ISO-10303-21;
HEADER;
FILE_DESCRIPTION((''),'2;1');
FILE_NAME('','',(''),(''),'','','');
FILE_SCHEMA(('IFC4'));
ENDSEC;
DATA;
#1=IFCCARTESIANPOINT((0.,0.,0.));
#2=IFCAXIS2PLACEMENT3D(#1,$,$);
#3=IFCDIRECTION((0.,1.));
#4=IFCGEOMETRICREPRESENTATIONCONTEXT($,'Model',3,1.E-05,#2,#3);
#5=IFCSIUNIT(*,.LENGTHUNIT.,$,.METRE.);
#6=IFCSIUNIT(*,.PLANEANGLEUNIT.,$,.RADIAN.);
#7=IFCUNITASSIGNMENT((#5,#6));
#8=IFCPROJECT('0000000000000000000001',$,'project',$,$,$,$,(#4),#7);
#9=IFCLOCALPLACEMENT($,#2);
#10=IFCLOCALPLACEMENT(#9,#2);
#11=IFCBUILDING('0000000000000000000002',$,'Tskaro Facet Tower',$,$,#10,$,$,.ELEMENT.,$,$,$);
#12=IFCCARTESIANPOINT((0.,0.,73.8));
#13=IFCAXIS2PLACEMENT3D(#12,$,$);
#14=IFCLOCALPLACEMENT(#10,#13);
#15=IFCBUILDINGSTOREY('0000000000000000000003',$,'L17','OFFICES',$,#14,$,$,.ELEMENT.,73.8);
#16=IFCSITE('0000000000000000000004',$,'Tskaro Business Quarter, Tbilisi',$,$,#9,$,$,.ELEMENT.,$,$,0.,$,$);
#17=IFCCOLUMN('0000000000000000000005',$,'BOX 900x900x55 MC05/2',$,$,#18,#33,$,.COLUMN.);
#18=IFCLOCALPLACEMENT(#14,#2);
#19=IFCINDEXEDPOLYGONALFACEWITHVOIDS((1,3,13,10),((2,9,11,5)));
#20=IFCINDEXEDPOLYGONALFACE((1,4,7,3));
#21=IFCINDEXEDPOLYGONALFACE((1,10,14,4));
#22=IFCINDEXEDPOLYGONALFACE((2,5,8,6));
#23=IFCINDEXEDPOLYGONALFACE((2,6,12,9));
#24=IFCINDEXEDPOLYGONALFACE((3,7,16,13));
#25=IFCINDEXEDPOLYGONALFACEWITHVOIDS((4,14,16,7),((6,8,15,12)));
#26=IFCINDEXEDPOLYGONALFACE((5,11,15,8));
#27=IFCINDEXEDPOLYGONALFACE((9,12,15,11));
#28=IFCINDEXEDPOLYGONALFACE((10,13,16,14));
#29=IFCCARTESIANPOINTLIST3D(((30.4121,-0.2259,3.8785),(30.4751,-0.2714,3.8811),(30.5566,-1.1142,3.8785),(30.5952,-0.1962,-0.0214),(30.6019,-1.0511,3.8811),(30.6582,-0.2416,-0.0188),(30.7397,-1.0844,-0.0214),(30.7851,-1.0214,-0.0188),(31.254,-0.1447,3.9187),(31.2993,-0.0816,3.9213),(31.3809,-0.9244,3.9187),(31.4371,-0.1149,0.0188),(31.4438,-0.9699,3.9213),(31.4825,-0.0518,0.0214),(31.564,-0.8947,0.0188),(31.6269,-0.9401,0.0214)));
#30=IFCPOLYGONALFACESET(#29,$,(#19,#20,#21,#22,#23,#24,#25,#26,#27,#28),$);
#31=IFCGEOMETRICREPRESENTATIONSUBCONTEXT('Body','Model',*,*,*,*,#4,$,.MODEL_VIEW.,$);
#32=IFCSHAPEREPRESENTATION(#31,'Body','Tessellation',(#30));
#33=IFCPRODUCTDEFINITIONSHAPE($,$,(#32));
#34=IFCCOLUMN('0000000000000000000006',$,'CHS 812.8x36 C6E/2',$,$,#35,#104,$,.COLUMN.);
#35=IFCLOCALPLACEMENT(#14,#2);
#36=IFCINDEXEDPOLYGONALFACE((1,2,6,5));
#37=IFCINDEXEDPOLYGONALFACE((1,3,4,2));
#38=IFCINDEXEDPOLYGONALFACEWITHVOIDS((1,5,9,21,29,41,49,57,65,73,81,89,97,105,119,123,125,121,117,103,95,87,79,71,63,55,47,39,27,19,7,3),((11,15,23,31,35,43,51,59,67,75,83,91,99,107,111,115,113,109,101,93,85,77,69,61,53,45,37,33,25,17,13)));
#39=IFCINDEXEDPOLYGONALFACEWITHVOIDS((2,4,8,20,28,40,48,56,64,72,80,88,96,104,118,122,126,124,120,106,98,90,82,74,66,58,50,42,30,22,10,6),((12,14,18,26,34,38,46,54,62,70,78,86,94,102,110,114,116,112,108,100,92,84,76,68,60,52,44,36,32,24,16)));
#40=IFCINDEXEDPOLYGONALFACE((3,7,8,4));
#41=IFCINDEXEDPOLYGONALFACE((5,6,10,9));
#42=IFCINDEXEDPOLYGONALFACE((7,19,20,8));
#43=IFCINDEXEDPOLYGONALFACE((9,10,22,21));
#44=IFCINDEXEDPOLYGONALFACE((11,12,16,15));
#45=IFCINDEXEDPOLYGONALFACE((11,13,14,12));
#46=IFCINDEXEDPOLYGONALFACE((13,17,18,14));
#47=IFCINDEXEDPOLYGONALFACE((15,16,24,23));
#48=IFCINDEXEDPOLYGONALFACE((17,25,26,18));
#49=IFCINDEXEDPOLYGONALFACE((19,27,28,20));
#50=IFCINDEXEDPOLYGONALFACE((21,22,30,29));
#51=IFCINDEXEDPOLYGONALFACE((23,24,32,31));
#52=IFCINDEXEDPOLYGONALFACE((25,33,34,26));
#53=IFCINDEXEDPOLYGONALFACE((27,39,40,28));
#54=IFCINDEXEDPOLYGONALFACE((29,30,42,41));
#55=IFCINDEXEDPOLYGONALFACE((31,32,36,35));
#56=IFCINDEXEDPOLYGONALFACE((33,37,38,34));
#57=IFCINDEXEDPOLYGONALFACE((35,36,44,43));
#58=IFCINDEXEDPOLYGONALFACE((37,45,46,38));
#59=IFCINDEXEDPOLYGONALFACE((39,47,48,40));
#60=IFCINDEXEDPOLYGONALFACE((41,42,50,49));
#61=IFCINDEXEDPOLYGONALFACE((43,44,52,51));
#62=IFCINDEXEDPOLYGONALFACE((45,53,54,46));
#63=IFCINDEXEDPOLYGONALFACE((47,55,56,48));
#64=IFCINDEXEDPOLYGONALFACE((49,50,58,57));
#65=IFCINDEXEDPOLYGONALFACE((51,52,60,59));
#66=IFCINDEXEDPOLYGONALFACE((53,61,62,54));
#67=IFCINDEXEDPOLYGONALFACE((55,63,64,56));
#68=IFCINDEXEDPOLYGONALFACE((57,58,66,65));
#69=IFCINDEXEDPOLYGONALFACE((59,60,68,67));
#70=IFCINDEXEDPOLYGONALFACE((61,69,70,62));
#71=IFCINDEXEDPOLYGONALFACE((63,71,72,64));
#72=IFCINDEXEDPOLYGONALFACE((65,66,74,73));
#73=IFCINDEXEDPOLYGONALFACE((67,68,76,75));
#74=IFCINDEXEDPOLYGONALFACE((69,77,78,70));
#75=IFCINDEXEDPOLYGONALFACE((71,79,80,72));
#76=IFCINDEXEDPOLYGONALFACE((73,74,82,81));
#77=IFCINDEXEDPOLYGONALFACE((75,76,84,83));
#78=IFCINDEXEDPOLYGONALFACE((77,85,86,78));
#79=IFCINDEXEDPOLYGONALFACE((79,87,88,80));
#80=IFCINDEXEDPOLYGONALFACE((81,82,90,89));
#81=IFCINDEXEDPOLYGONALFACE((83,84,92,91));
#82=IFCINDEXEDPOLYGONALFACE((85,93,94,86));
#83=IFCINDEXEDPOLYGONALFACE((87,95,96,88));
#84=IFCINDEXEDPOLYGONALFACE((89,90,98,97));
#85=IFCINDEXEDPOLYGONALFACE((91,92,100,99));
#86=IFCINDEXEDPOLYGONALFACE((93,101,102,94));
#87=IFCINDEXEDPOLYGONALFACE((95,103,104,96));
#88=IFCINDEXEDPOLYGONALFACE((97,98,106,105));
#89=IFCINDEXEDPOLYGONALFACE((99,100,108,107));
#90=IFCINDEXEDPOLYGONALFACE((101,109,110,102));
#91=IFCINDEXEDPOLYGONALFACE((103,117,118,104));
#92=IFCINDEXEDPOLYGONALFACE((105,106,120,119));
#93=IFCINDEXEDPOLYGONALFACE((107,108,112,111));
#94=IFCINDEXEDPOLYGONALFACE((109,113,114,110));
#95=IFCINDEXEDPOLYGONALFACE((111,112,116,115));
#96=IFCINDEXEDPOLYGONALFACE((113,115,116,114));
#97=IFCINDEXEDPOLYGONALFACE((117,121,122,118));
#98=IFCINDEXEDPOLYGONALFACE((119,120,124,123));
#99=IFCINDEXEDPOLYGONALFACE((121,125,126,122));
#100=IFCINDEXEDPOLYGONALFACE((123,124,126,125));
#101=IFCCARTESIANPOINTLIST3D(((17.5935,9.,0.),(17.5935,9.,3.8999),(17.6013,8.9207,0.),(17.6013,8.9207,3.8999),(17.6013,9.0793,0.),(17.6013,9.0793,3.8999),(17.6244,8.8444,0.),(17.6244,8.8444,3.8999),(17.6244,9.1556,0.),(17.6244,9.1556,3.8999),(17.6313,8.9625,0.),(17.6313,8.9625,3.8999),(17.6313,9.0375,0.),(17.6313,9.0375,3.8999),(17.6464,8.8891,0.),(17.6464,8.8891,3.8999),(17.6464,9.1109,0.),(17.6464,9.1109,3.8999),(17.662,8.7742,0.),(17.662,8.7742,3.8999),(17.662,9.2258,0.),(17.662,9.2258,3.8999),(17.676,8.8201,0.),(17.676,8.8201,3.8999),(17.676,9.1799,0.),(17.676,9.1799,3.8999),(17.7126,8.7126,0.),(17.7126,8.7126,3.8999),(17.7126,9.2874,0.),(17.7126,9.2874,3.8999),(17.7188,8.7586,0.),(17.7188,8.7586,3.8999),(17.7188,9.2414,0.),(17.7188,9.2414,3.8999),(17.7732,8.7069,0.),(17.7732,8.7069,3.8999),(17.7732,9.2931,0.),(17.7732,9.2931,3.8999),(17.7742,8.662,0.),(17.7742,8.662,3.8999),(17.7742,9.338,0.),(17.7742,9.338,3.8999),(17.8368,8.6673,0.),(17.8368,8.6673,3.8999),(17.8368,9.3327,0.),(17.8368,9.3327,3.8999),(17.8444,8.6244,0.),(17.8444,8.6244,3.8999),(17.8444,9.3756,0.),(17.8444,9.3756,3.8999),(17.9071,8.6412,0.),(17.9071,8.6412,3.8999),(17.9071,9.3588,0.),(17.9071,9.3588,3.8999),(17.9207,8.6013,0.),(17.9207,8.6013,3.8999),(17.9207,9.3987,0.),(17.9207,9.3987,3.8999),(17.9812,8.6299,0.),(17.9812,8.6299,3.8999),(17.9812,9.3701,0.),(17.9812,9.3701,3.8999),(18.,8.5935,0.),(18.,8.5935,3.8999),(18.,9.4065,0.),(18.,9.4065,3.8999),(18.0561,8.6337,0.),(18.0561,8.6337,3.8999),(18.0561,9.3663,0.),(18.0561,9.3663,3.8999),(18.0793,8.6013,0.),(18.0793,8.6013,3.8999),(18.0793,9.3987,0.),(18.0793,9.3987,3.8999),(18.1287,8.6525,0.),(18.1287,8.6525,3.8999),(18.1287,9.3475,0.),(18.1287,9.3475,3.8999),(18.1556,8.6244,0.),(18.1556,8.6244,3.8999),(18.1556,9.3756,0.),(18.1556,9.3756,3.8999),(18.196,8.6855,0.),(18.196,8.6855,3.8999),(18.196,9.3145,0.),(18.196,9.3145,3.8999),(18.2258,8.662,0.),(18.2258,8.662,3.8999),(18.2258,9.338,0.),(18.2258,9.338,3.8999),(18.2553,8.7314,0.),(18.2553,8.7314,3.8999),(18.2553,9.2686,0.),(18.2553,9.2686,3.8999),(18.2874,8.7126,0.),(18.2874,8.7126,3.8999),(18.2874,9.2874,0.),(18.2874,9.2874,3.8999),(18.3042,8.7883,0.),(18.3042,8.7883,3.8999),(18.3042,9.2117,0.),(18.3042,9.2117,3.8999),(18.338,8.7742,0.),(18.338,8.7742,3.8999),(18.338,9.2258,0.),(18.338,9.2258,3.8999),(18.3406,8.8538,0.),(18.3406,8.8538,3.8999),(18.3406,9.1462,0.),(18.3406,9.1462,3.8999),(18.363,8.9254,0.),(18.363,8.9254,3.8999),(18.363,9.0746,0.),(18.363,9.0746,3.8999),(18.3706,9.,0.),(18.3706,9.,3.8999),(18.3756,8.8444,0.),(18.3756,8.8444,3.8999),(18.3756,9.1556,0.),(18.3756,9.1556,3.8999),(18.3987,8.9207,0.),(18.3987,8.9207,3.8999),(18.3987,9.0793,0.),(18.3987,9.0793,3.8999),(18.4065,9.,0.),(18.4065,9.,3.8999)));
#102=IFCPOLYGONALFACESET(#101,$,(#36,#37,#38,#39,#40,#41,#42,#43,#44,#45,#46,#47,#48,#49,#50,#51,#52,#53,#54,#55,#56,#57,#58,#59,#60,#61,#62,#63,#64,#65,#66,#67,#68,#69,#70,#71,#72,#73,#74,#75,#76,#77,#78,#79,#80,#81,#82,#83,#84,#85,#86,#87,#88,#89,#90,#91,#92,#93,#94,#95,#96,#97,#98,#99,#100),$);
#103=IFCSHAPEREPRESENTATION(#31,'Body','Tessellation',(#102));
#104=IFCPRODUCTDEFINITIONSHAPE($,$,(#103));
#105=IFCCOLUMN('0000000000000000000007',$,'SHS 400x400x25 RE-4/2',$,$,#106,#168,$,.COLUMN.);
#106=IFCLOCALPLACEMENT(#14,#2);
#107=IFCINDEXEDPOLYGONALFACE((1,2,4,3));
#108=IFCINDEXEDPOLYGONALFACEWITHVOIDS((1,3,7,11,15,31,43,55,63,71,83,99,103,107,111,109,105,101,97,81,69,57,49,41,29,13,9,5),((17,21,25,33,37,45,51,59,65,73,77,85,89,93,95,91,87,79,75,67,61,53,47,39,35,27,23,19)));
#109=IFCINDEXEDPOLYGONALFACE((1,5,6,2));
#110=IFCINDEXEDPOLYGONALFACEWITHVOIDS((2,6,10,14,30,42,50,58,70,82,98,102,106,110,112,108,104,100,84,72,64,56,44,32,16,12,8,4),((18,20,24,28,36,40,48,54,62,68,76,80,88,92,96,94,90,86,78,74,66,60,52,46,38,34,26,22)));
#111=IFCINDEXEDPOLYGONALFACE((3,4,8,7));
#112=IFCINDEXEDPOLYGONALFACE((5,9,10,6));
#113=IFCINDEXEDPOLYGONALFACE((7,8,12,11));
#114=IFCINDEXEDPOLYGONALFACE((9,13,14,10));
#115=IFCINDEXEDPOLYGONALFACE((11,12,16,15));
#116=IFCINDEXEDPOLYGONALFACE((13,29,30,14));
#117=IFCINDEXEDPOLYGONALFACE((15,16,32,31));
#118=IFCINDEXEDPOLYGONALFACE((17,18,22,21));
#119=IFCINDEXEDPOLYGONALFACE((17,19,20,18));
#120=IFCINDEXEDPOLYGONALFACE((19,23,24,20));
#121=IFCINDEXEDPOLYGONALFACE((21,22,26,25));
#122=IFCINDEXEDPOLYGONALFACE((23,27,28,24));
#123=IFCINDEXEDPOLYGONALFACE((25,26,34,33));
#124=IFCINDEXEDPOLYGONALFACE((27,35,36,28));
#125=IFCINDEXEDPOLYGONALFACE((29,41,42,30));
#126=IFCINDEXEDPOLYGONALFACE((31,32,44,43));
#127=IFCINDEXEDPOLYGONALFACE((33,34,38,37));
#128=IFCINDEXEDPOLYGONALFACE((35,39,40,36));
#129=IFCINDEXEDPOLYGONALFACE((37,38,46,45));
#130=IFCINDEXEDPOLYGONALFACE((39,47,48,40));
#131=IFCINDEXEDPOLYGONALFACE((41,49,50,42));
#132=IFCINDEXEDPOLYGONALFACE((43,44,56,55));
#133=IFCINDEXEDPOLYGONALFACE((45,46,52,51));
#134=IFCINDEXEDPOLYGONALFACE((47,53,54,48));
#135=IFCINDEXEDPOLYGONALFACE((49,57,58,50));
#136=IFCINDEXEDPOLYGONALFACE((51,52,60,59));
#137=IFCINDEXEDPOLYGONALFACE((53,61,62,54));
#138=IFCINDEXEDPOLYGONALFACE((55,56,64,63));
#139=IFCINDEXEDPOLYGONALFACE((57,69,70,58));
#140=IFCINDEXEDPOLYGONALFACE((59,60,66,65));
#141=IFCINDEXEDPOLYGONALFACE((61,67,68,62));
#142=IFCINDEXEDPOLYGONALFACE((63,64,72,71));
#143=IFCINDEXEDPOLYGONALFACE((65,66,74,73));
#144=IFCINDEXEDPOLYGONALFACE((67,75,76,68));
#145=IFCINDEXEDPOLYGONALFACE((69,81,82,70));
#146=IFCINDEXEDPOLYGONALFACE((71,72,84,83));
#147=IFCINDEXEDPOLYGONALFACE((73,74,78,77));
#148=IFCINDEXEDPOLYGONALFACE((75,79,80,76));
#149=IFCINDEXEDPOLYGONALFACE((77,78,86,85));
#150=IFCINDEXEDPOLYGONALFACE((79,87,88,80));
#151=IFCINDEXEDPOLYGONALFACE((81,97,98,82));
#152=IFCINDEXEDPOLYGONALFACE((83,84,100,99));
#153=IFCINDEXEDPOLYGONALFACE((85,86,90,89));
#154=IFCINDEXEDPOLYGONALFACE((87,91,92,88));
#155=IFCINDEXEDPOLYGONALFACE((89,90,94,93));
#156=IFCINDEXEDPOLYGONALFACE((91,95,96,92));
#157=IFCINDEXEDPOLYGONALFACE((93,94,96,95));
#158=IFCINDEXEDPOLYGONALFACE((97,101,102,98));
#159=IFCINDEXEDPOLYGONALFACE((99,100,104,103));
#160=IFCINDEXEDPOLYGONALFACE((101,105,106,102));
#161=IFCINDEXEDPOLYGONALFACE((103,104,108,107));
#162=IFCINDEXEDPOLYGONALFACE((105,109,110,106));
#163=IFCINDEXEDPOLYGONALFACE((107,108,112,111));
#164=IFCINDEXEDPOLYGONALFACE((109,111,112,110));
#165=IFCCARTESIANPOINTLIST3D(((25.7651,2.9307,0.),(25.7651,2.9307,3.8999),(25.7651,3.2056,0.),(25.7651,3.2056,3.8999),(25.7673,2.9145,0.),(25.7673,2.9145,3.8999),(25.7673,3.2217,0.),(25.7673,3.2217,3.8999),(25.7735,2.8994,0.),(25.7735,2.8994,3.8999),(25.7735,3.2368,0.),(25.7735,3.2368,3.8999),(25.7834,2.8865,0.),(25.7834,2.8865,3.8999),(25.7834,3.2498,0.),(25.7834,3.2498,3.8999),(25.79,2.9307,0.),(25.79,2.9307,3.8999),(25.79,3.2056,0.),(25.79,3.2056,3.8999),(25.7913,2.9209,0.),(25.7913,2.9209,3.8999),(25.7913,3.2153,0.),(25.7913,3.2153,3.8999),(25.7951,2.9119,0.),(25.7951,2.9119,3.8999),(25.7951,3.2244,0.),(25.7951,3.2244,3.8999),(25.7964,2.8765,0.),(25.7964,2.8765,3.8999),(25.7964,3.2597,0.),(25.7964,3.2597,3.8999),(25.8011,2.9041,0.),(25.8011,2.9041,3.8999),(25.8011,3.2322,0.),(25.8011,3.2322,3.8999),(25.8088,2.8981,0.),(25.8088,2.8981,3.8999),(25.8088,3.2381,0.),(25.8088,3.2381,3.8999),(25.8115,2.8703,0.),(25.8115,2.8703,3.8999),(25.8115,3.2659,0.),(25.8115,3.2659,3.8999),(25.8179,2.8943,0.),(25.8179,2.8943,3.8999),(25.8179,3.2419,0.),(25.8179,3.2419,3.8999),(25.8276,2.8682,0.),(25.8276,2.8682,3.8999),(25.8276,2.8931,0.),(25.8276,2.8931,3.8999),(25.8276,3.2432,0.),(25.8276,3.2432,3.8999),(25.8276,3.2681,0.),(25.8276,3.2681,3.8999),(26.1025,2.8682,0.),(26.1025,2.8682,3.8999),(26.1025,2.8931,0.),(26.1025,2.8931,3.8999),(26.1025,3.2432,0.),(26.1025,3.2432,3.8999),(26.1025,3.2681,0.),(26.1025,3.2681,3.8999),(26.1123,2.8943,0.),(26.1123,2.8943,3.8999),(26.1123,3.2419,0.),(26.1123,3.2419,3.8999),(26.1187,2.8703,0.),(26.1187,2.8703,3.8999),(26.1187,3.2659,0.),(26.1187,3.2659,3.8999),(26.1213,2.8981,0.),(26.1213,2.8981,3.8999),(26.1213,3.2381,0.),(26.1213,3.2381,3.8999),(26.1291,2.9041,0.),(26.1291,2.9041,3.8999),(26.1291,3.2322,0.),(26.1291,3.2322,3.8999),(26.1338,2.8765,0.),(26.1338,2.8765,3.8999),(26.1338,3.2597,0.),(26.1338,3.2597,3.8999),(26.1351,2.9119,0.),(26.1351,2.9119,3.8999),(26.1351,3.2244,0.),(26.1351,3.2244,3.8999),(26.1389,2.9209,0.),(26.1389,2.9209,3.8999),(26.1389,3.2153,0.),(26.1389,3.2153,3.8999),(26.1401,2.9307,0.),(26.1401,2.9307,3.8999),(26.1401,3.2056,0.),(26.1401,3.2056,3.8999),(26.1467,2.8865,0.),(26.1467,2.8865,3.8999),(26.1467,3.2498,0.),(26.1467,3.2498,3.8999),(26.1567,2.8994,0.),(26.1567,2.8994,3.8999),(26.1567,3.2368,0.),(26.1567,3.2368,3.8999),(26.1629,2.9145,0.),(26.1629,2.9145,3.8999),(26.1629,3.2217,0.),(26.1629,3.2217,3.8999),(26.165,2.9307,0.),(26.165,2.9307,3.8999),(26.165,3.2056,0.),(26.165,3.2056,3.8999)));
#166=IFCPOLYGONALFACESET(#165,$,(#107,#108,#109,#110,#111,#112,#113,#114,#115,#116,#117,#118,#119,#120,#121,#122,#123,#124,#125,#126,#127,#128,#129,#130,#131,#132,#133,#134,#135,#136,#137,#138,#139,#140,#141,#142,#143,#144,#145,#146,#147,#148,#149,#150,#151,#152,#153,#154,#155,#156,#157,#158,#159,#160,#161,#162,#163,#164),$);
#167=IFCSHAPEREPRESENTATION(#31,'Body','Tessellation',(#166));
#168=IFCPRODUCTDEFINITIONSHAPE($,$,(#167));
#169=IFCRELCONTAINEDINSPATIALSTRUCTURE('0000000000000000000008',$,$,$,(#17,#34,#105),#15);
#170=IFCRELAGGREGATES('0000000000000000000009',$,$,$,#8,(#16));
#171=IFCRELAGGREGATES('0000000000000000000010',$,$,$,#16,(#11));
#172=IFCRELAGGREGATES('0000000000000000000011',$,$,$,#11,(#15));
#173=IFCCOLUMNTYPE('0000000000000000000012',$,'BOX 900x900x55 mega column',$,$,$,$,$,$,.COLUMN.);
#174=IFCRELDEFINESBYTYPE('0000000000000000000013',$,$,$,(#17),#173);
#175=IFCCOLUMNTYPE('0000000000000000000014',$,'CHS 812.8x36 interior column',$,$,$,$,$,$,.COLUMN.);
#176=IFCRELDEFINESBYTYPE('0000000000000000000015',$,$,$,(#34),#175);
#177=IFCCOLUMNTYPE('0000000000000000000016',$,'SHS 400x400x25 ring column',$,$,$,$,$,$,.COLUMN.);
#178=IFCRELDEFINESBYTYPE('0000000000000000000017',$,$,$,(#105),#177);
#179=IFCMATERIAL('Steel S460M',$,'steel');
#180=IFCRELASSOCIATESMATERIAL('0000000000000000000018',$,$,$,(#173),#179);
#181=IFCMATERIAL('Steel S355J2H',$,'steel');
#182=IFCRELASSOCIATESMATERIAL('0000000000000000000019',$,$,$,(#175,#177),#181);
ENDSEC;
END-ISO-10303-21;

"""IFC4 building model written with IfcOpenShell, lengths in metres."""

from ifc_helpers import new_model, si_unit, direction, frame, origin, origin_2d, place, context, subcontext, project, spatial, hollow_rectangle, hollow_circle, extrude, material, material_profile, profile_set, type_object, element, save


model = new_model("IFC4")

# Units and contexts
model_context = context("Model", 3, precision=1e-05, world=origin(), true_north=direction((0.0, 1.0)))
body_context = subcontext(model_context, "Body", "Model", "MODEL_VIEW")
ifc_project = project(units=[si_unit("LENGTHUNIT", "METRE"), si_unit("PLANEANGLEUNIT", "RADIAN")], contexts=[model_context])

# Site, building, storey
site_placement = place(None, origin())
site = spatial("IfcSite", under=ifc_project, at=site_placement, Name="Tskaro Business Quarter, Tbilisi", CompositionType="ELEMENT", RefElevation=0.0)
building_placement = place(site_placement, origin())
building = spatial("IfcBuilding", under=site, at=building_placement, Name="Tskaro Facet Tower", CompositionType="ELEMENT")
storey_placement = place(building_placement, frame((0.0, 0.0, 73.8)))
storey = spatial("IfcBuildingStorey", under=building, at=storey_placement, Name="L17", Description="OFFICES", CompositionType="ELEMENT", Elevation=73.8)

# Columns
ifc_material_1 = material(Name="Steel S460M", Category="steel")
ifc_material_profile_1 = material_profile(ifc_material_1, hollow_rectangle(XDim=0.8999, YDim=0.8999, WallThickness=0.0549, at=origin_2d()), Name="BOX 900x900x55")
ifc_profile_set_1 = profile_set([ifc_material_profile_1], Name="Steel S460M")
column_type_1 = type_object("IfcColumnType", Name="BOX 900x900x55 mega column", PredefinedType="COLUMN", material=ifc_profile_set_1)
column_1_placement = place(storey_placement, frame((31.1111, -0.5681, 0.0), z_axis=(-0.046898, -0.007629, 0.998871), x_axis=(0.160556, -0.987027, 0.0)))
element("IfcColumn", 1, at=column_1_placement, inside=storey, type_object=column_type_1, Name="BOX 900x900x55 MC05/2", PredefinedType="COLUMN", context=body_context, shape_type="SweptSolid", body=[
    extrude(hollow_rectangle(XDim=0.8999, YDim=0.8999, WallThickness=0.0549, at=origin_2d()), origin(), (0.0, 0.0, 1.0), 3.9043),
])
ifc_material_2 = material(Name="Steel S355J2H", Category="steel")
ifc_material_profile_2 = material_profile(ifc_material_2, hollow_circle(Radius=0.4065, WallThickness=0.0359, at=origin_2d()), Name="CHS 812.8x36")
ifc_profile_set_2 = profile_set([ifc_material_profile_2], Name="Steel S355J2H")
column_type_2 = type_object("IfcColumnType", Name="CHS 812.8x36 interior column", PredefinedType="COLUMN", material=ifc_profile_set_2)
column_2_placement = place(storey_placement, frame((18.0, 9.0, 0.0), z_axis=(0.0, 0.0, 1.0), x_axis=(1.0, 0.0, 0.0)))
element("IfcColumn", 2, at=column_2_placement, inside=storey, type_object=column_type_2, Name="CHS 812.8x36 C6E/2", PredefinedType="COLUMN", context=body_context, shape_type="SweptSolid", body=[
    extrude(hollow_circle(Radius=0.4065, WallThickness=0.0359, at=origin_2d()), origin(), (0.0, 0.0, 1.0), 3.8999),
])
ifc_material_profile_3 = material_profile(ifc_material_2, hollow_rectangle(XDim=0.3999, YDim=0.3999, WallThickness=0.0249, InnerFilletRadius=0.0376, OuterFilletRadius=0.0625, at=origin_2d()), Name="SHS 400x400x25")
ifc_profile_set_3 = profile_set([ifc_material_profile_3], Name="Steel S355J2H")
column_type_3 = type_object("IfcColumnType", Name="SHS 400x400x25 ring column", PredefinedType="COLUMN", material=ifc_profile_set_3)
for number, where, z_axis, x_axis, name in (
    (3, (25.9651, 3.0681, 0.0), (0.0, 0.0, 1.0), (1.0, 0.0, 0.0), "SHS 400x400x25 RE-4/2"),
):
    element("IfcColumn", number, at=place(storey_placement, frame(where, z_axis=z_axis, x_axis=x_axis)), inside=storey, type_object=column_type_3, Name=name, PredefinedType="COLUMN", context=body_context, shape_type="SweptSolid", body=[
        extrude(hollow_rectangle(XDim=0.3999, YDim=0.3999, WallThickness=0.0249, InnerFilletRadius=0.0376, OuterFilletRadius=0.0625, at=origin_2d()), origin(), (0.0, 0.0, 1.0), 3.8999),
    ])

save(model, "model.ifc")
